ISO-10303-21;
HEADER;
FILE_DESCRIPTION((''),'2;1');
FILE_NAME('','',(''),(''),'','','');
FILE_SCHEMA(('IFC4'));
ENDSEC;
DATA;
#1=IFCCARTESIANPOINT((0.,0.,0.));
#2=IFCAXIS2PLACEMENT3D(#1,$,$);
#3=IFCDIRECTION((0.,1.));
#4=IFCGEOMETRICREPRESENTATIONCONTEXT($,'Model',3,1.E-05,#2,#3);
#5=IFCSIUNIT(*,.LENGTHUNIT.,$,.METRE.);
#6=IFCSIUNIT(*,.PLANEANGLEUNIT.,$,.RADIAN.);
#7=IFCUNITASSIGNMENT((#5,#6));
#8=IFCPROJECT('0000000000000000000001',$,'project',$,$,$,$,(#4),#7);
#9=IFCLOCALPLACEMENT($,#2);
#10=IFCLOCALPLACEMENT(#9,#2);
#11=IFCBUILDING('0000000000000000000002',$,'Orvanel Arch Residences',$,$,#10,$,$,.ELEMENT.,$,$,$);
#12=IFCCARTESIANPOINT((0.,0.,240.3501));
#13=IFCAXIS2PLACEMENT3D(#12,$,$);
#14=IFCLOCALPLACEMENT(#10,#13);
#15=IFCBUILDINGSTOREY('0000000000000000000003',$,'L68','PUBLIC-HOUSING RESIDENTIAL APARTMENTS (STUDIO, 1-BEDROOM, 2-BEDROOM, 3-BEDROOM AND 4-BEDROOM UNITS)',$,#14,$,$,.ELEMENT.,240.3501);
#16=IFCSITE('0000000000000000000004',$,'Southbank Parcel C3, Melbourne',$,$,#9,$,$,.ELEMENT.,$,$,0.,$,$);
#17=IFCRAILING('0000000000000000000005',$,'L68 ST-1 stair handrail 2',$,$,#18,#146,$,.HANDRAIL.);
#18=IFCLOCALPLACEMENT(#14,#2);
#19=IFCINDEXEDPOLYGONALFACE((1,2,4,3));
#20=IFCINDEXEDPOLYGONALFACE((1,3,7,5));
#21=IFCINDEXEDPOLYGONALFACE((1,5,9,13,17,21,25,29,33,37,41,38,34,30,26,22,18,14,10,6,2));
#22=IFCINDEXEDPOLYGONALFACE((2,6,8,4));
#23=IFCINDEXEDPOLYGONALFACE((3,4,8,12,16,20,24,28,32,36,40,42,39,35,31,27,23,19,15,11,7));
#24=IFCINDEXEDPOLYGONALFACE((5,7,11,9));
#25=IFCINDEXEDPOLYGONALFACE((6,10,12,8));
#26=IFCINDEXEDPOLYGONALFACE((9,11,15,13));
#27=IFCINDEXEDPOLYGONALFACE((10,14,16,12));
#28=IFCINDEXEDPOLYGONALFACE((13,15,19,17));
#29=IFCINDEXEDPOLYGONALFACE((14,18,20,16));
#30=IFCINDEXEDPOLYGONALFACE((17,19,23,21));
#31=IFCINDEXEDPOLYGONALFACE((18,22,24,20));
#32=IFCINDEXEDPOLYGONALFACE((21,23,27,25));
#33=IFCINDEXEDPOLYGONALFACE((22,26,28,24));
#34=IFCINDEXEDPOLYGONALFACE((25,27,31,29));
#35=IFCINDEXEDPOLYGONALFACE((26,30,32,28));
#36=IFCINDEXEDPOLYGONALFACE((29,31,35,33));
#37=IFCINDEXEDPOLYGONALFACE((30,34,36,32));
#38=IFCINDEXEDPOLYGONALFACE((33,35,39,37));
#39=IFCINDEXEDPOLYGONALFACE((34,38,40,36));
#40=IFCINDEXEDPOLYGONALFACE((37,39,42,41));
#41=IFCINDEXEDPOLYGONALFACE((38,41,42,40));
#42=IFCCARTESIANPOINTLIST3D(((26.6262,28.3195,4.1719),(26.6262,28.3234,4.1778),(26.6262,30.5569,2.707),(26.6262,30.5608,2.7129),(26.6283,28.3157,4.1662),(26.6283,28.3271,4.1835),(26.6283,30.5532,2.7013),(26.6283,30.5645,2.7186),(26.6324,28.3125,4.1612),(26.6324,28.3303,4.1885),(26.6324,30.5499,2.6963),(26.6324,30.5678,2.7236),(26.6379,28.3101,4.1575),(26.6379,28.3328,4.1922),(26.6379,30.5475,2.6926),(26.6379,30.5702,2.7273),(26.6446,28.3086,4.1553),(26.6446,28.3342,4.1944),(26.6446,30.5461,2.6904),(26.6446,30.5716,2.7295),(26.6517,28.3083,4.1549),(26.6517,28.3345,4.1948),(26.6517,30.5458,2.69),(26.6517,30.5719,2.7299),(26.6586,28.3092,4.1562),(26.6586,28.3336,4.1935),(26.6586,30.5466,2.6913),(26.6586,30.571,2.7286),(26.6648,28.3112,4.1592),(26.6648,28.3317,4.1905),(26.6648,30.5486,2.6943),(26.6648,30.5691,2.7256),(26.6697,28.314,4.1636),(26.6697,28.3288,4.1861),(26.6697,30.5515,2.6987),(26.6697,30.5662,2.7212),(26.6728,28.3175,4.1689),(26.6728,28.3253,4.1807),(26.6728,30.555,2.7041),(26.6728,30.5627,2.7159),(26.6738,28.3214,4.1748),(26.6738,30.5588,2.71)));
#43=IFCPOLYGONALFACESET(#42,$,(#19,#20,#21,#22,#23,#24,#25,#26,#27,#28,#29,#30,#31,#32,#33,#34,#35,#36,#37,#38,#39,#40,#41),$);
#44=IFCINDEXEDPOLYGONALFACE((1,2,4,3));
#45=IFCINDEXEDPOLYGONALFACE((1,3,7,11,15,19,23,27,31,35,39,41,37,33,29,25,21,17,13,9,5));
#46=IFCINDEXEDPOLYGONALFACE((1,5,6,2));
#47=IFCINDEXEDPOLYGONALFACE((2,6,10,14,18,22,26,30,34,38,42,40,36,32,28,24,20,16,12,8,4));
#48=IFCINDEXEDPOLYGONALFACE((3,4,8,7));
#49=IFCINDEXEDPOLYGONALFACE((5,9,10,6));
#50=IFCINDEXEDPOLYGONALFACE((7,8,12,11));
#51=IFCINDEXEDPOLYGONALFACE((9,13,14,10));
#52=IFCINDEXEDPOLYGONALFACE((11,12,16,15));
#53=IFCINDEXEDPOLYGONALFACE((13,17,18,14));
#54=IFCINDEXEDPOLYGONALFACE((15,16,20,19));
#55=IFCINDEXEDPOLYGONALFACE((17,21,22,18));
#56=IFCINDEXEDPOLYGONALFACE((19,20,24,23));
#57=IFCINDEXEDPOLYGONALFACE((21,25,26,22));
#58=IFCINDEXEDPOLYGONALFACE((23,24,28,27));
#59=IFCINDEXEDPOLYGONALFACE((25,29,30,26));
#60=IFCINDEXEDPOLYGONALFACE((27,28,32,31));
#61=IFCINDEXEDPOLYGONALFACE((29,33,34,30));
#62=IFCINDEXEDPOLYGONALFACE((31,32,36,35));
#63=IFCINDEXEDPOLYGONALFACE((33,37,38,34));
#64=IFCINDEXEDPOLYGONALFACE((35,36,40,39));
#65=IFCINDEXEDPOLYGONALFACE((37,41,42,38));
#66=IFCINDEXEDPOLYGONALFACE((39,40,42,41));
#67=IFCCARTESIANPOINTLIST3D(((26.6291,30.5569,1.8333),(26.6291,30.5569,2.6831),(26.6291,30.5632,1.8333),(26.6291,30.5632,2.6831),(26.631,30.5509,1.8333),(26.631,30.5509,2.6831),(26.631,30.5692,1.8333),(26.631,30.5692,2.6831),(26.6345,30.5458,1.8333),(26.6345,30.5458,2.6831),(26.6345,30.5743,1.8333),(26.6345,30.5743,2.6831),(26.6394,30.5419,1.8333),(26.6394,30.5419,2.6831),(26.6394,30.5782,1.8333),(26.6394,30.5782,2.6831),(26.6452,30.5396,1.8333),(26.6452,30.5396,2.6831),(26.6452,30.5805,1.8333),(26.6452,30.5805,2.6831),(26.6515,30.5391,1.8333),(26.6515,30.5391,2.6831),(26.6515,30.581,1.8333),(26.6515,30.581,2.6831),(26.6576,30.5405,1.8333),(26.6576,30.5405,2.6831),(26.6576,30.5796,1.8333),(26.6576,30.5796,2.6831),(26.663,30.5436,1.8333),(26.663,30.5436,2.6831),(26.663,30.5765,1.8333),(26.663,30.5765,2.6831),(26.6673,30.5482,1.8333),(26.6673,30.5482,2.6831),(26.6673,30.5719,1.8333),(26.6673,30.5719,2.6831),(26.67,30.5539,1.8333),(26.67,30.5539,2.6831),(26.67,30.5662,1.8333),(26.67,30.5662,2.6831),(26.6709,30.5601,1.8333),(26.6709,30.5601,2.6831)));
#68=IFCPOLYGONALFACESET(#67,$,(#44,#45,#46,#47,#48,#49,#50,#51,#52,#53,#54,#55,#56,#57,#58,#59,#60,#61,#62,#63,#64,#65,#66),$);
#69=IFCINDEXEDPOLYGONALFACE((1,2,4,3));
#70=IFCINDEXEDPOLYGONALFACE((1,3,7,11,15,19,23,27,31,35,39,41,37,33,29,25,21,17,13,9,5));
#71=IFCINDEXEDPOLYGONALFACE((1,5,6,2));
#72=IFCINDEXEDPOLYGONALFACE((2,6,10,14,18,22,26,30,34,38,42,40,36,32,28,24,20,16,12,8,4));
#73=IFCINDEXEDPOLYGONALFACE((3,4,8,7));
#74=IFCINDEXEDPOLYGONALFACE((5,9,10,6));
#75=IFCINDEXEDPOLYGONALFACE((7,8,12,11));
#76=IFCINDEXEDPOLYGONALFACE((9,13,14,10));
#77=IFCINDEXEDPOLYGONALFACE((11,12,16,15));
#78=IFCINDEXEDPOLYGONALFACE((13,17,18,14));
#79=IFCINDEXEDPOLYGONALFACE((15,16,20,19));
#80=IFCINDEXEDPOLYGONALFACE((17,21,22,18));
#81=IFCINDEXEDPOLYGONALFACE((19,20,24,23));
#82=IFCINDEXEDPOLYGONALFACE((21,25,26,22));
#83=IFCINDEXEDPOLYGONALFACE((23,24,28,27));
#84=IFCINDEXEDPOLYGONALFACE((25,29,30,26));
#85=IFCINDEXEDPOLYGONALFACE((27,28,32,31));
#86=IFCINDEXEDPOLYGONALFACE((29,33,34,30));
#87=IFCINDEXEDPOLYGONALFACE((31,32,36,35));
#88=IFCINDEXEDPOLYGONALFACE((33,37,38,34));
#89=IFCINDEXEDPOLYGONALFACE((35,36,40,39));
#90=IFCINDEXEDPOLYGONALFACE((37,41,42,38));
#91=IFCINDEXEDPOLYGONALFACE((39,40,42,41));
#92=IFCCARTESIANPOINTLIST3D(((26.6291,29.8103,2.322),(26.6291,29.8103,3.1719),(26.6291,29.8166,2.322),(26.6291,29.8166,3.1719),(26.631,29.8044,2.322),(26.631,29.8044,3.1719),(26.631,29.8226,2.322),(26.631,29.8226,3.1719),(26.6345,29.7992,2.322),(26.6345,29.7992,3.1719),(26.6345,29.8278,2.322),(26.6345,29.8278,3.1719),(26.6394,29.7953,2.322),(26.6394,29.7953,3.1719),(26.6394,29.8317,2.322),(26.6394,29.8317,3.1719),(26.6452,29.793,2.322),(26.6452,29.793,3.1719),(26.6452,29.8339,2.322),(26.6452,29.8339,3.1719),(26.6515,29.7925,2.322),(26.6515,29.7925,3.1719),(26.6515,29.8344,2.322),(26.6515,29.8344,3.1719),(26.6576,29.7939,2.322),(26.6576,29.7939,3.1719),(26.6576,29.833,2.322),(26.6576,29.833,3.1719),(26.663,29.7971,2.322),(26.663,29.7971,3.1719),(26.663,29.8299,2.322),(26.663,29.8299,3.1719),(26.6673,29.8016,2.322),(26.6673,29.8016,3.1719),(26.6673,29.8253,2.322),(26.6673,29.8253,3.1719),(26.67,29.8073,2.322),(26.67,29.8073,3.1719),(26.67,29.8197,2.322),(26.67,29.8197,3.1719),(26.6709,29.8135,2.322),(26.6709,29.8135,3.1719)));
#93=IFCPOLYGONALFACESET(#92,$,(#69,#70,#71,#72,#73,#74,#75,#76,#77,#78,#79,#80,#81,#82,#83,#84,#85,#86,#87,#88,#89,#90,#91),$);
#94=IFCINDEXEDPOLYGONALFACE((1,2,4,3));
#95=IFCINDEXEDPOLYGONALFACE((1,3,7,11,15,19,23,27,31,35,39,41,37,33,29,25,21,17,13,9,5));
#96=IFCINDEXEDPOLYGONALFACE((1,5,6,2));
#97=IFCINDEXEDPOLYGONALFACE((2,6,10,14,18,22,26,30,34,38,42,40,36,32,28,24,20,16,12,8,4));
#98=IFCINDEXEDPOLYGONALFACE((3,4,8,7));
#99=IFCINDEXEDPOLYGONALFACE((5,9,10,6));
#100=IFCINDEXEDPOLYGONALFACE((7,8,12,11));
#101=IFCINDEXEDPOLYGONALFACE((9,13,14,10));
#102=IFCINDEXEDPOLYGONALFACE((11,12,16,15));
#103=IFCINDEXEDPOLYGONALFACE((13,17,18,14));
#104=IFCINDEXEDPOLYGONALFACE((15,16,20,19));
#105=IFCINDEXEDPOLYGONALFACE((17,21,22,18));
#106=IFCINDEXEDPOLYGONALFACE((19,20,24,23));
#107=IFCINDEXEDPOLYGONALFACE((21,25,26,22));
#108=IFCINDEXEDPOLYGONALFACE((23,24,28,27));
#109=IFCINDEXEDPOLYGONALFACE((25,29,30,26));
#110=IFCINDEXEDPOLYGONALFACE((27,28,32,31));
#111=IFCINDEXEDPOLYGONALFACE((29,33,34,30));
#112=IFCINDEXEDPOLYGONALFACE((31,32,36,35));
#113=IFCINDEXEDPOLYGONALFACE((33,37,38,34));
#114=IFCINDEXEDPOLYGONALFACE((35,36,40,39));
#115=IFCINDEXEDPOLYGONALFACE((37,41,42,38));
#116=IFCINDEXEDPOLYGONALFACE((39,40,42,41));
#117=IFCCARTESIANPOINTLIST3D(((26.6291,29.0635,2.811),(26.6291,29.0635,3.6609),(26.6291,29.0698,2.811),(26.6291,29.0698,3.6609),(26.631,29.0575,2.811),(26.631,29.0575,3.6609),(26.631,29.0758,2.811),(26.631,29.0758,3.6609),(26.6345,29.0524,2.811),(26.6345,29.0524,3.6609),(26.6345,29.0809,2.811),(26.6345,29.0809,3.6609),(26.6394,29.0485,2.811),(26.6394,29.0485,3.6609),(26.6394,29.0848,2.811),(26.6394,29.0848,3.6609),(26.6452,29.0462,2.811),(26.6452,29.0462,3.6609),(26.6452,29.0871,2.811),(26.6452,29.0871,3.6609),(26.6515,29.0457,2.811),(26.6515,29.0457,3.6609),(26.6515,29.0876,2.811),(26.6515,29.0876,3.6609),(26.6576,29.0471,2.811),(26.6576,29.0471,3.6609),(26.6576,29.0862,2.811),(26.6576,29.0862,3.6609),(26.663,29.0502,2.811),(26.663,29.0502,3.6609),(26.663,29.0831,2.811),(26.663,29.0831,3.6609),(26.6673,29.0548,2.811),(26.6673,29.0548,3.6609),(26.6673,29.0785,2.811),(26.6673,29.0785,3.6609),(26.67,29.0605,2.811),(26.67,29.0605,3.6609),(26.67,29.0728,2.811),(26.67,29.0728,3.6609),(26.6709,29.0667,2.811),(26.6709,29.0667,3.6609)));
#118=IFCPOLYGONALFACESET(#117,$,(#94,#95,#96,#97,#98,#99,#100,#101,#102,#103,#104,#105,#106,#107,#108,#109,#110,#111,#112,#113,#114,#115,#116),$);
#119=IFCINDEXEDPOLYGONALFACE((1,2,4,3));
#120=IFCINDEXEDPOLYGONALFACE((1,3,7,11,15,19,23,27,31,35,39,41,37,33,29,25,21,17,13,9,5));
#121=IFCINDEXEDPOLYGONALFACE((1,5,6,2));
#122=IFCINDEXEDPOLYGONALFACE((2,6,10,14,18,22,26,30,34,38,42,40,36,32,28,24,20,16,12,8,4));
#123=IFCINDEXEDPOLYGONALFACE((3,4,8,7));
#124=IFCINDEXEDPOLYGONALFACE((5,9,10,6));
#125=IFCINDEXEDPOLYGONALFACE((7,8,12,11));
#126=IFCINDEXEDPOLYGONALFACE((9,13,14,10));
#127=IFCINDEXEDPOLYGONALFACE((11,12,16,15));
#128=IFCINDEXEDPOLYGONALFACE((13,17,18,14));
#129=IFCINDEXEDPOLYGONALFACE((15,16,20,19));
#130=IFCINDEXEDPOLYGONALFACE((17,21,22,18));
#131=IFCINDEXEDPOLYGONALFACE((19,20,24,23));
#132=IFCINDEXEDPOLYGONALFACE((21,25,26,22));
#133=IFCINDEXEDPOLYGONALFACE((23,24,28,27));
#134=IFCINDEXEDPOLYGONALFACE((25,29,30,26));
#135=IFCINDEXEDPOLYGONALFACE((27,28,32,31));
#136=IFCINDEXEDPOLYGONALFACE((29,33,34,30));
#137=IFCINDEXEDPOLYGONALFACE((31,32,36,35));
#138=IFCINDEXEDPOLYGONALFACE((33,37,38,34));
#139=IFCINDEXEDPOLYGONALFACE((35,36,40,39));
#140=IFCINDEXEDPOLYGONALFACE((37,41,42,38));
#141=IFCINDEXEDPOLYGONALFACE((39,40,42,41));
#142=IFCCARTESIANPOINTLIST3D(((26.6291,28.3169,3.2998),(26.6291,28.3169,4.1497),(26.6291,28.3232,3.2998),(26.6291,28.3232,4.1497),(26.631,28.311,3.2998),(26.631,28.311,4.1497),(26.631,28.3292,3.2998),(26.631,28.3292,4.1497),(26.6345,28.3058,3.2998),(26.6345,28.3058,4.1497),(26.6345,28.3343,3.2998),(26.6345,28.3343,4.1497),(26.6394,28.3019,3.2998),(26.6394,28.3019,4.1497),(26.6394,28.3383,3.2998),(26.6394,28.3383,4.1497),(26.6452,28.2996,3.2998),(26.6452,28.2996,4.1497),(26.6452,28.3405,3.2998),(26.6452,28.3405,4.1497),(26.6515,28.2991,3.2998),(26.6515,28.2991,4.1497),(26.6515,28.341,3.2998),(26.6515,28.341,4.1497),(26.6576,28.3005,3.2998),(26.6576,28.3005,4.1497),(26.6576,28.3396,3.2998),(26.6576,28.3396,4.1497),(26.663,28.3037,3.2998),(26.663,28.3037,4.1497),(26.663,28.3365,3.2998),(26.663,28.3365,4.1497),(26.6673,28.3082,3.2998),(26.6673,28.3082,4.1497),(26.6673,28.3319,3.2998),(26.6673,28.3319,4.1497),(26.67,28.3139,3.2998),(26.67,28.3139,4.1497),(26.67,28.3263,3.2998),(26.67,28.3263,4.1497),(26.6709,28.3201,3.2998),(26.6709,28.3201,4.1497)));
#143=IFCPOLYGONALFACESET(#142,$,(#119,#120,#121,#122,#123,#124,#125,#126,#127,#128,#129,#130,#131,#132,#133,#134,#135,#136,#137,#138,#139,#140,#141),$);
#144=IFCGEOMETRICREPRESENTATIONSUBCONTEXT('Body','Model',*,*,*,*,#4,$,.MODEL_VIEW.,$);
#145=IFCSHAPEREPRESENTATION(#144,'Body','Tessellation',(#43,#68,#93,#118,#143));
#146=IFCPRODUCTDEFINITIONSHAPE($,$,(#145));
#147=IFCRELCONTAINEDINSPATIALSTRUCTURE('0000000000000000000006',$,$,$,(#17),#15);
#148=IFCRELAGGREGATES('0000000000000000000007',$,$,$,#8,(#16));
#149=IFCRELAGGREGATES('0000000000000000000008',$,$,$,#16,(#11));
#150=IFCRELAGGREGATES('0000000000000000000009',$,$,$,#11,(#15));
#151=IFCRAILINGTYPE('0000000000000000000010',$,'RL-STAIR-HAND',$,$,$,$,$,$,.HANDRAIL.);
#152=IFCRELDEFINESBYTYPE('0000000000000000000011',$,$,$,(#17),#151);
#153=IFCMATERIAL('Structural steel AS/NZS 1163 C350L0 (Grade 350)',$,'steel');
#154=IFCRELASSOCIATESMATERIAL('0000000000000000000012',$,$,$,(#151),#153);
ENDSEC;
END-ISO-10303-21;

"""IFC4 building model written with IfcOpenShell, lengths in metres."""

from ifc_helpers import new_model, si_unit, direction, frame, origin, origin_2d, place, context, subcontext, project, spatial, circle, extrude, material, type_object, element, save


model = new_model("IFC4")

# Units and contexts
model_context = context("Model", 3, precision=1e-05, world=origin(), true_north=direction((0.0, 1.0)))
body_context = subcontext(model_context, "Body", "Model", "MODEL_VIEW")
ifc_project = project(units=[si_unit("LENGTHUNIT", "METRE"), si_unit("PLANEANGLEUNIT", "RADIAN")], contexts=[model_context])

# Site, building, storey
site_placement = place(None, origin())
site = spatial("IfcSite", under=ifc_project, at=site_placement, Name="Southbank Parcel C3, Melbourne", CompositionType="ELEMENT", RefElevation=0.0)
building_placement = place(site_placement, origin())
building = spatial("IfcBuilding", under=site, at=building_placement, Name="Orvanel Arch Residences", CompositionType="ELEMENT")
storey_placement = place(building_placement, frame((0.0, 0.0, 240.3501)))
storey = spatial("IfcBuildingStorey", under=building, at=storey_placement, Name="L68", Description="PUBLIC-HOUSING RESIDENTIAL APARTMENTS (STUDIO, 1-BEDROOM, 2-BEDROOM, 3-BEDROOM AND 4-BEDROOM UNITS)", CompositionType="ELEMENT", Elevation=240.3501)

# Railing
ifc_material_1 = material(Name="Structural steel AS/NZS 1163 C350L0 (Grade 350)", Category="steel")
railing_type_1 = type_object("IfcRailingType", Name="RL-STAIR-HAND", PredefinedType="HANDRAIL", material=ifc_material_1)
railing_1_placement = place(storey_placement, frame((26.6499, 30.5601, 1.8333)))
element("IfcRailing", 1, at=railing_1_placement, inside=storey, type_object=railing_type_1, Name="L68 ST-1 stair handrail 2", PredefinedType="HANDRAIL", context=body_context, shape_type="SweptSolid", body=[
    extrude(circle(Radius=0.0239, at=origin_2d()), frame((0.0, -0.0012, 0.8767), z_axis=(0.0, -0.836637, 0.547758), x_axis=(1.0, 0.0, 0.0)), (0.0, 0.0, 1.0), 2.6743),
    extrude(circle(Radius=0.021, at=origin_2d()), origin(), (0.0, 0.0, 1.0), 0.8499),
    extrude(circle(Radius=0.021, at=origin_2d()), frame((0.0, -0.7466, 0.4888)), (0.0, 0.0, 1.0), 0.8499),
    extrude(circle(Radius=0.021, at=origin_2d()), frame((0.0, -1.4934, 0.9778)), (0.0, 0.0, 1.0), 0.8499),
    extrude(circle(Radius=0.021, at=origin_2d()), frame((0.0, -2.24, 1.4666)), (0.0, 0.0, 1.0), 0.8499),
])

save(model, "model.ifc")
